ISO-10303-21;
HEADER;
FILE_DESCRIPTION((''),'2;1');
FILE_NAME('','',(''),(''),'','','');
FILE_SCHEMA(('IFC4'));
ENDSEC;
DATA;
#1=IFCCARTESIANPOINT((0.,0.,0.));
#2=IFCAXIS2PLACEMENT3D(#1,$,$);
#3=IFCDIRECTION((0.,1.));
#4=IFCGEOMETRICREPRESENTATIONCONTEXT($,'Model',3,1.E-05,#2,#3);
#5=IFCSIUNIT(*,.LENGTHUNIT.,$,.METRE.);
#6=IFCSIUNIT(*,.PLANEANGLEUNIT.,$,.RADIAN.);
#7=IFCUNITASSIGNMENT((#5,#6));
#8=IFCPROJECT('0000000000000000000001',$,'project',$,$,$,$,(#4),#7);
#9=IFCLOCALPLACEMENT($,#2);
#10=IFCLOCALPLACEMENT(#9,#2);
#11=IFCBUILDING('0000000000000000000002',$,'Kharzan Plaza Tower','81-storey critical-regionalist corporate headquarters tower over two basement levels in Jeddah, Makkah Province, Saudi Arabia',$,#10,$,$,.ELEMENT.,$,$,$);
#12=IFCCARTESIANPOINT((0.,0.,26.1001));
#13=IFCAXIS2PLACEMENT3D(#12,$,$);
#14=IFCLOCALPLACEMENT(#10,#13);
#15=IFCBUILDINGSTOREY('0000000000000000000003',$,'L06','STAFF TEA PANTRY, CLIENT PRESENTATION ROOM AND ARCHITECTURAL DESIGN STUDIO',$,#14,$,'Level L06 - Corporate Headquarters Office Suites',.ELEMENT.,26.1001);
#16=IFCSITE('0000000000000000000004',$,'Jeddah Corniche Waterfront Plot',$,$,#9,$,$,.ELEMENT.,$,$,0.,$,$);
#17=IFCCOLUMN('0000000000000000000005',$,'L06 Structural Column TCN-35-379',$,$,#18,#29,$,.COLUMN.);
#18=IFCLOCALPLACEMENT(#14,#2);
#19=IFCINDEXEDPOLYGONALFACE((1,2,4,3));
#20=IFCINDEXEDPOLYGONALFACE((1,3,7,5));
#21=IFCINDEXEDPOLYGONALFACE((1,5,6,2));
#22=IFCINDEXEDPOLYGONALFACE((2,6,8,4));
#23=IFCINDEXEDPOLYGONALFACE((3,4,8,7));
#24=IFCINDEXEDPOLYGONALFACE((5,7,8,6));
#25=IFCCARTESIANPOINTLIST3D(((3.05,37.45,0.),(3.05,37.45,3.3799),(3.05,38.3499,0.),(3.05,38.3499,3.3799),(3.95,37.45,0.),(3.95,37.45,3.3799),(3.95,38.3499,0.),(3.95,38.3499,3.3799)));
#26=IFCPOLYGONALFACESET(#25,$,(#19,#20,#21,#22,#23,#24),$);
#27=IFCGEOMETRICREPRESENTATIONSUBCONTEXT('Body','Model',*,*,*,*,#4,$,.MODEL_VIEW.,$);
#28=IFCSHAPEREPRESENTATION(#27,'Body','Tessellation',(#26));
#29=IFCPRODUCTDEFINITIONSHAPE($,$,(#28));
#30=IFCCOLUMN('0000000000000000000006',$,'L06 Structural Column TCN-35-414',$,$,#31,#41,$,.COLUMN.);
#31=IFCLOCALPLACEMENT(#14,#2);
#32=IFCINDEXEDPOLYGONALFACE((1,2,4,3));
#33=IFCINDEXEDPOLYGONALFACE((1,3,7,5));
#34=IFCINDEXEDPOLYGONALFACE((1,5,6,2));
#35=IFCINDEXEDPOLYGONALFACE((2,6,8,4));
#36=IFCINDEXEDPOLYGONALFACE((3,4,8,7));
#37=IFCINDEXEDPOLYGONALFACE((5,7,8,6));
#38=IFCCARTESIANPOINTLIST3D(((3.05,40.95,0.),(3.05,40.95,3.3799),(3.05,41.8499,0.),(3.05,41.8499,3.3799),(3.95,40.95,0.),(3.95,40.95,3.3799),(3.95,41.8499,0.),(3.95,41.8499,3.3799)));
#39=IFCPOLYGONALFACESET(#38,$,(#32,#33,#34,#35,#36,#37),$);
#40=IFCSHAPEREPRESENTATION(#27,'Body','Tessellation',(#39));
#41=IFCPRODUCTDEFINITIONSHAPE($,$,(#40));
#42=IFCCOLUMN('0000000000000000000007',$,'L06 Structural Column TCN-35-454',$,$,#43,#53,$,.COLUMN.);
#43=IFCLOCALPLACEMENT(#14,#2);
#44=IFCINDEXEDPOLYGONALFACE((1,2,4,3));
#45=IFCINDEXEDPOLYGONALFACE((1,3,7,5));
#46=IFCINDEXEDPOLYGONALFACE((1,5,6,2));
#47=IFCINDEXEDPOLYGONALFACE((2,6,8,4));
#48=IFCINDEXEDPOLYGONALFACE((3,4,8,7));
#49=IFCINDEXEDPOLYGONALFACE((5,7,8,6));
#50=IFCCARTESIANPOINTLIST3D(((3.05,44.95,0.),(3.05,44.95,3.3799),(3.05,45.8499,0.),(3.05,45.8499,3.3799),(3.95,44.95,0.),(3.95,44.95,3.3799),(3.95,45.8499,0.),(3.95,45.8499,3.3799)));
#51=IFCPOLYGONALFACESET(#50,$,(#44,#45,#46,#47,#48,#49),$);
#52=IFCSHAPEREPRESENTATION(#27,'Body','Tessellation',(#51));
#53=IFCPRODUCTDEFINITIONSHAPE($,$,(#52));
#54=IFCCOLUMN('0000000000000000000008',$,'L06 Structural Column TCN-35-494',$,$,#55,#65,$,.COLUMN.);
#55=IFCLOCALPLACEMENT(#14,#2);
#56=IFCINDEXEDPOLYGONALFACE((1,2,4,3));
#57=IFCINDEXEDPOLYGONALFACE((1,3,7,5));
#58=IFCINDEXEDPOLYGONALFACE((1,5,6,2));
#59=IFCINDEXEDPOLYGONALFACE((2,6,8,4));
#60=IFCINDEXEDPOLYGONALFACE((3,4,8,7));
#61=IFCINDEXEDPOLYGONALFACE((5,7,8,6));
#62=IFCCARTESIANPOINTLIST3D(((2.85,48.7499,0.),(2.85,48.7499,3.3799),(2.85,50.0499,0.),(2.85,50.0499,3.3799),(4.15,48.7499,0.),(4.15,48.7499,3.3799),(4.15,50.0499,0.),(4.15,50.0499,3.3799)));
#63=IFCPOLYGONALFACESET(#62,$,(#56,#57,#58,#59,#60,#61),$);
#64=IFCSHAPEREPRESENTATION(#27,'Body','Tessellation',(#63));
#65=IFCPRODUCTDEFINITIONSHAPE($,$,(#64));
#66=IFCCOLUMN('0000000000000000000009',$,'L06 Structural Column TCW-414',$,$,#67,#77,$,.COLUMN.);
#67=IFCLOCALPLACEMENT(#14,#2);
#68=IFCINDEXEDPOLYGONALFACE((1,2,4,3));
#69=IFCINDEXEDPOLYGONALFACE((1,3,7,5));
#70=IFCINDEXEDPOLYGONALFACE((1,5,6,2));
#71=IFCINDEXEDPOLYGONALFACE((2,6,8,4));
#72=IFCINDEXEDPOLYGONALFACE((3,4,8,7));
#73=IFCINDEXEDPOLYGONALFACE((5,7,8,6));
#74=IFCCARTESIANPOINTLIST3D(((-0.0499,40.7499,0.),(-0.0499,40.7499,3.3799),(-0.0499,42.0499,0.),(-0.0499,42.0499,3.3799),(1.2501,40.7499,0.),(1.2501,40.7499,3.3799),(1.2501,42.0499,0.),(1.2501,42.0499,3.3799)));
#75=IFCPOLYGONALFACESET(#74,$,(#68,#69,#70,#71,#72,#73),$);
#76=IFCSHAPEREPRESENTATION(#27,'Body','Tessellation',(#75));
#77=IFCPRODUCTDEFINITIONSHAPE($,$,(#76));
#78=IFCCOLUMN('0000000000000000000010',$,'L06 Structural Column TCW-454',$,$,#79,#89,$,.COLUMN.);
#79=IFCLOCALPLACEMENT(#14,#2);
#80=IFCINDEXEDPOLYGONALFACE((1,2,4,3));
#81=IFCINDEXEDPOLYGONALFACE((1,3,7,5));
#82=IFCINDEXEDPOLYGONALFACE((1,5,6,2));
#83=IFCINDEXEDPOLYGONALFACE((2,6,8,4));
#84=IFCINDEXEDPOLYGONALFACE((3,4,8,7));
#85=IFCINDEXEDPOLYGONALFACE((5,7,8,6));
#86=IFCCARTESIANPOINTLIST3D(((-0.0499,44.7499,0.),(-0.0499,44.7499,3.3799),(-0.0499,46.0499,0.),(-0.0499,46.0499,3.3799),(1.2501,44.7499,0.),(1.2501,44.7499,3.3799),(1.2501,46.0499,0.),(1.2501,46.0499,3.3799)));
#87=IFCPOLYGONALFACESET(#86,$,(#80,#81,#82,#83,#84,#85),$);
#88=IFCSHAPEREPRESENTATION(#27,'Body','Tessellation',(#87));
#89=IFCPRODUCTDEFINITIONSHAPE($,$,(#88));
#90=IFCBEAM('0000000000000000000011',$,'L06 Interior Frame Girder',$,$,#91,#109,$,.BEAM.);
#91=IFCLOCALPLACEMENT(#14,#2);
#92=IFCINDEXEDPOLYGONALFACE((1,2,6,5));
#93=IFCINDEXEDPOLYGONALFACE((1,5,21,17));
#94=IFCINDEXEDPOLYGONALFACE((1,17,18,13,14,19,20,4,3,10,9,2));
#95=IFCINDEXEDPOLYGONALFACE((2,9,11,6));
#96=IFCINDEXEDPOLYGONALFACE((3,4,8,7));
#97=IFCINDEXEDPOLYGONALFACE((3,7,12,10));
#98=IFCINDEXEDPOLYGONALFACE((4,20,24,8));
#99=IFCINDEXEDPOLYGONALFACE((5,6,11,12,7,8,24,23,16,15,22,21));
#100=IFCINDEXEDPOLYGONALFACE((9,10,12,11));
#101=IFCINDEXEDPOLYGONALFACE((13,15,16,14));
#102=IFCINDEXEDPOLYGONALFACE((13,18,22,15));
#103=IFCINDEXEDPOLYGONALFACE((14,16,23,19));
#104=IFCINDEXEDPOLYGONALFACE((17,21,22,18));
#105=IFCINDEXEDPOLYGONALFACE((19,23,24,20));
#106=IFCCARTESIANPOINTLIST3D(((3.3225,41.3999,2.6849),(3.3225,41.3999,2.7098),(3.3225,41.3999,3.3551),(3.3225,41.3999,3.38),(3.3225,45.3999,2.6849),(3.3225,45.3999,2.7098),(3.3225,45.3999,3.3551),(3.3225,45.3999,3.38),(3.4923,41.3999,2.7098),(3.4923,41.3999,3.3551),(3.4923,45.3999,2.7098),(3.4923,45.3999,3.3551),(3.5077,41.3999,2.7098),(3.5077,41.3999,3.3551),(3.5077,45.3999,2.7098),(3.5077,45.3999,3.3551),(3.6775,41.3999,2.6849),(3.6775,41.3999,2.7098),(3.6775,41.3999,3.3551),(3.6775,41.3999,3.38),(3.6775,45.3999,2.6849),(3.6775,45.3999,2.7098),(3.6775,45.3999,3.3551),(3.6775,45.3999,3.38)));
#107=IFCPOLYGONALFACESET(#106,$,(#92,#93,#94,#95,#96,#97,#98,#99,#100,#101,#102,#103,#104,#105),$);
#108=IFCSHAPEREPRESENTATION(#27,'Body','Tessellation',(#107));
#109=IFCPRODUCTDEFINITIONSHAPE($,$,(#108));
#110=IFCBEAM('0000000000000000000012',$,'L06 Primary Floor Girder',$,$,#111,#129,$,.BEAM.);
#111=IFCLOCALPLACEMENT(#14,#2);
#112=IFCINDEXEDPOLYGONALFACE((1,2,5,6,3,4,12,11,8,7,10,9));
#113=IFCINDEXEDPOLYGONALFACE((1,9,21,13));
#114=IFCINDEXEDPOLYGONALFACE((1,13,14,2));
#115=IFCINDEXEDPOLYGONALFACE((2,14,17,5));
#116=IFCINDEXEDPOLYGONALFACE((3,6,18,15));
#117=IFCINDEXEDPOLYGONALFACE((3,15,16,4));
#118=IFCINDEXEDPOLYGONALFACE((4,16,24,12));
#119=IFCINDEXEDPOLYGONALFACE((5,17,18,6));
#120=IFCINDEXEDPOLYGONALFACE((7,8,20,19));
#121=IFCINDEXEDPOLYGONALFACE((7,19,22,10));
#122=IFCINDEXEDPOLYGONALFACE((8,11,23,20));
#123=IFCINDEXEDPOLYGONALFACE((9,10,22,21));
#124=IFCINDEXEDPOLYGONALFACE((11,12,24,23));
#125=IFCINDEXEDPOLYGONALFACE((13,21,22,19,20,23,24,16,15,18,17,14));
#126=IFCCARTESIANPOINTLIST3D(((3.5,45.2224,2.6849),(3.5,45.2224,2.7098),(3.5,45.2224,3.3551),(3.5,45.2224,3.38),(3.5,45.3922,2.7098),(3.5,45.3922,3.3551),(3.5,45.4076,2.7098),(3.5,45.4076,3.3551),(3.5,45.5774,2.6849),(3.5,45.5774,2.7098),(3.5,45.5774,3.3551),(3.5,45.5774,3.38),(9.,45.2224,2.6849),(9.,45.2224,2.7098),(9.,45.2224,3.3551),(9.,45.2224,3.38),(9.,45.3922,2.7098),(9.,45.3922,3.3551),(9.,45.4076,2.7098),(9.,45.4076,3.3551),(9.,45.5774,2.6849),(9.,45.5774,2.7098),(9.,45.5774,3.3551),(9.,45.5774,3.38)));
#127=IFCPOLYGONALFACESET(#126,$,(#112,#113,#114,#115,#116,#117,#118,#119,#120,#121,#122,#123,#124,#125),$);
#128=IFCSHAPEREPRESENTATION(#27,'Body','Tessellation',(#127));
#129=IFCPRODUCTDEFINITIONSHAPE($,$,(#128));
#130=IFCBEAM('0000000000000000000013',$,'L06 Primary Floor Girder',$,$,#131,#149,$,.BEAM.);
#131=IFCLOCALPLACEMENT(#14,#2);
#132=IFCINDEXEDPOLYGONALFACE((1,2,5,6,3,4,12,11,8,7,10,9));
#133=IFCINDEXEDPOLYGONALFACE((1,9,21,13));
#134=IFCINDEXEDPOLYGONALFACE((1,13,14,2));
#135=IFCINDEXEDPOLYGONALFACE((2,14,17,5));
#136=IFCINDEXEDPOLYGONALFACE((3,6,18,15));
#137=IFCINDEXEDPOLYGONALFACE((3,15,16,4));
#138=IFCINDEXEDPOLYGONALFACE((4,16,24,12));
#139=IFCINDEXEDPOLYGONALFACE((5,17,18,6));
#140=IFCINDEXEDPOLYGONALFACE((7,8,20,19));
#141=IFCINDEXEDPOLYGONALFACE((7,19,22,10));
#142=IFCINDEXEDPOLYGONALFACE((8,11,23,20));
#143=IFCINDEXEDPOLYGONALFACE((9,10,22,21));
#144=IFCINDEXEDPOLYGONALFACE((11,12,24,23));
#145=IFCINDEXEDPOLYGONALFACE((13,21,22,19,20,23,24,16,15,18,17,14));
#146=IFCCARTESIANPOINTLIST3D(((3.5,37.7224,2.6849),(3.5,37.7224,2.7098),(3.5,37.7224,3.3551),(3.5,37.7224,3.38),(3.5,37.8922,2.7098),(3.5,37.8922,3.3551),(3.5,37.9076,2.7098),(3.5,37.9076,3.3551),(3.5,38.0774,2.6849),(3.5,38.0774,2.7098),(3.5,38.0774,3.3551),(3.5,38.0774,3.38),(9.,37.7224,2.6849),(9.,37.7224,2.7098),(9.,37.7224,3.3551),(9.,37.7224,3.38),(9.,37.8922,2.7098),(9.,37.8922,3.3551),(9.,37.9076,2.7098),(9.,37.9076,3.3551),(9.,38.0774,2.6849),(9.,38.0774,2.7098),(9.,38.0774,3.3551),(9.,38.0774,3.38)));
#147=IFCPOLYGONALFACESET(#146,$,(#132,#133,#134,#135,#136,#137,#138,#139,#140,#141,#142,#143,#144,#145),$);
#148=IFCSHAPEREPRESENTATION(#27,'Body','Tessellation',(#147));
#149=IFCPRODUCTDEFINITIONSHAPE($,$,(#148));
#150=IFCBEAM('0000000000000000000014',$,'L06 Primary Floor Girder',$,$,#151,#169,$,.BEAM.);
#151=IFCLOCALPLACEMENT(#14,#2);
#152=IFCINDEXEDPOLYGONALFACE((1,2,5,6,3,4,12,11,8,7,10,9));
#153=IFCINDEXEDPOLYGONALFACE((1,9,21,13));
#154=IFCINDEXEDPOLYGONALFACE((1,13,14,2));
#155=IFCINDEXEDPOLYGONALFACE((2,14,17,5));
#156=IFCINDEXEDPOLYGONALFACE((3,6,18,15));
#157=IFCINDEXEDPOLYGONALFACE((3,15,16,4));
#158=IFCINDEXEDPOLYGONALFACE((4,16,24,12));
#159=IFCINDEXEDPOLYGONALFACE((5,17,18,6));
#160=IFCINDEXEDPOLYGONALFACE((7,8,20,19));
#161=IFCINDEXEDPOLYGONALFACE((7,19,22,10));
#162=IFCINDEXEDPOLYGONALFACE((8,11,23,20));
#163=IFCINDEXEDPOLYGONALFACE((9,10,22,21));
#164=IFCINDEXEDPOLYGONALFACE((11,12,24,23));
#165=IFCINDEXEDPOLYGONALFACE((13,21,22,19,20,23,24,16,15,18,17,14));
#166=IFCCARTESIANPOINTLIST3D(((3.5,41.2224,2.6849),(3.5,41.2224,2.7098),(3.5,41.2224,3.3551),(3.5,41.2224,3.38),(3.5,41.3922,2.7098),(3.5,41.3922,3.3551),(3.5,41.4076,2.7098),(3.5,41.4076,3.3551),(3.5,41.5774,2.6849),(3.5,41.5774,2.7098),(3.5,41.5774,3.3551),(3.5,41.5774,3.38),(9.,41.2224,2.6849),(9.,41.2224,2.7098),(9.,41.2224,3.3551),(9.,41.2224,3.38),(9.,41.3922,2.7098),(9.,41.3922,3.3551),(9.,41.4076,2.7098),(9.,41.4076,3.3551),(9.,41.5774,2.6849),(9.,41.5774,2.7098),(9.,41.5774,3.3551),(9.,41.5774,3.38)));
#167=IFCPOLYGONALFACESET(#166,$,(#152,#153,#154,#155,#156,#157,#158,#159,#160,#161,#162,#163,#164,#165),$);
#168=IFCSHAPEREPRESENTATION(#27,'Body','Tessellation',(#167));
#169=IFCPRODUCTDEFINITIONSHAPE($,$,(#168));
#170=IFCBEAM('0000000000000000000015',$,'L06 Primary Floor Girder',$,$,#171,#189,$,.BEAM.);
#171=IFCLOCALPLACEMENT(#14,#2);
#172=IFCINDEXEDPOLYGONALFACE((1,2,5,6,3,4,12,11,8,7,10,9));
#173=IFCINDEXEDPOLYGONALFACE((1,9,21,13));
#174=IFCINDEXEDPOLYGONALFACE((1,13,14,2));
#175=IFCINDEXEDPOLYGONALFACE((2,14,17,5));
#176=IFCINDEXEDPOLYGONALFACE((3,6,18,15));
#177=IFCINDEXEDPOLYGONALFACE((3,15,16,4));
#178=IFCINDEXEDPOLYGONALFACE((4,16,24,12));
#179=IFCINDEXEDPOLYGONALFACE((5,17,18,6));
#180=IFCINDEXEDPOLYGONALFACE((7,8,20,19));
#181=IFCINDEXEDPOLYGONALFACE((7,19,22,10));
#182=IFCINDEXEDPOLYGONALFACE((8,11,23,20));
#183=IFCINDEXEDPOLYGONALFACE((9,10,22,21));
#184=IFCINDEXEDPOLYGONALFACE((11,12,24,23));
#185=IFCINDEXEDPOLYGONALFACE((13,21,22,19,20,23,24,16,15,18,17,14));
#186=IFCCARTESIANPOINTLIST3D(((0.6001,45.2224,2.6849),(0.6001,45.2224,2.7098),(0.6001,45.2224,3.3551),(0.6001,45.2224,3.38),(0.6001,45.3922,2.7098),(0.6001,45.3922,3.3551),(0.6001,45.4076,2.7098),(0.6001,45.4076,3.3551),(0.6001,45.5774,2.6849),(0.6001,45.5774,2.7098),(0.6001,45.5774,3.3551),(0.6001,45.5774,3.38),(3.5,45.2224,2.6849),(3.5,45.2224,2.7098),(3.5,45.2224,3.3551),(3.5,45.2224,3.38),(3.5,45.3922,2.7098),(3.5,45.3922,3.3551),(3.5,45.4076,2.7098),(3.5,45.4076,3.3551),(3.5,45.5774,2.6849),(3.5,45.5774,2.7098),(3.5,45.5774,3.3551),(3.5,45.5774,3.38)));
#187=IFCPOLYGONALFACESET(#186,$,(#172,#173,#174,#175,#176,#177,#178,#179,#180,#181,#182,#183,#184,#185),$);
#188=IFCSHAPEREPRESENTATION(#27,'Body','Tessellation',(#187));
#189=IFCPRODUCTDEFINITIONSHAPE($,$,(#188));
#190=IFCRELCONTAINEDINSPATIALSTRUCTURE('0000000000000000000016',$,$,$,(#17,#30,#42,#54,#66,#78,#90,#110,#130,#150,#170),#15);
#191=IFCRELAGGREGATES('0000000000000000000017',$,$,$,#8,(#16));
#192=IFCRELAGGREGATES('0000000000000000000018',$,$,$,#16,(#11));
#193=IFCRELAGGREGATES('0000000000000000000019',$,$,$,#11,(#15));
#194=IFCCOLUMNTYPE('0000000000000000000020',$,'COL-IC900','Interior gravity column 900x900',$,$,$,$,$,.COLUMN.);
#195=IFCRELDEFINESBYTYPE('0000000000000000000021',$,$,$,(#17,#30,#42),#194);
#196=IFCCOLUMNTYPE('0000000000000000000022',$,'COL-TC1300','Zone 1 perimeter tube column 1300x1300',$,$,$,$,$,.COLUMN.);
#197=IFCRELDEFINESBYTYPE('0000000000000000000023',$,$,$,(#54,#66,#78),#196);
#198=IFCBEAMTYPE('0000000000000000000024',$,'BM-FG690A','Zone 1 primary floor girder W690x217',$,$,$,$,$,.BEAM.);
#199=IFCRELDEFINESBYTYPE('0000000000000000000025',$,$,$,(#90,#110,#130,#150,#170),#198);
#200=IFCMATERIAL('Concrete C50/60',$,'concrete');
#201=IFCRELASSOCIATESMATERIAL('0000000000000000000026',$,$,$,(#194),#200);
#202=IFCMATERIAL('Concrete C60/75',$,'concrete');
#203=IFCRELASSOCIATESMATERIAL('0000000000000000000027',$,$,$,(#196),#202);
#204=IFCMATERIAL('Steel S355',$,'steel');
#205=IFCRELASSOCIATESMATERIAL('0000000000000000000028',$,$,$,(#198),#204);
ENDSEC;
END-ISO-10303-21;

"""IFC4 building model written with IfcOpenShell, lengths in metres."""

from ifc_helpers import new_model, si_unit, direction, frame, origin, origin_2d, place, context, subcontext, project, spatial, rectangle, i_section, extrude, source, transform, mapped, material, material_profile, profile_set, type_object, element, save


model = new_model("IFC4")

# Units and contexts
model_context = context("Model", 3, precision=1e-05, world=origin(), true_north=direction((0.0, 1.0)))
body_context = subcontext(model_context, "Body", "Model", "MODEL_VIEW")
ifc_project = project(units=[si_unit("LENGTHUNIT", "METRE"), si_unit("PLANEANGLEUNIT", "RADIAN")], contexts=[model_context])

# Site, building, storey
site_placement = place(None, origin())
site = spatial("IfcSite", under=ifc_project, at=site_placement, Name="Jeddah Corniche Waterfront Plot", CompositionType="ELEMENT", RefElevation=0.0)
building_placement = place(site_placement, origin())
building = spatial("IfcBuilding", under=site, at=building_placement, Name="Kharzan Plaza Tower", Description="81-storey critical-regionalist corporate headquarters tower over two basement levels in Jeddah, Makkah Province, Saudi Arabia", CompositionType="ELEMENT")
storey_placement = place(building_placement, frame((0.0, 0.0, 26.1001)))
storey = spatial("IfcBuildingStorey", under=building, at=storey_placement, Name="L06", Description="STAFF TEA PANTRY, CLIENT PRESENTATION ROOM AND ARCHITECTURAL DESIGN STUDIO", LongName="Level L06 - Corporate Headquarters Office Suites", CompositionType="ELEMENT", Elevation=26.1001)

# Columns
ifc_material_1 = material(Name="Concrete C50/60", Category="concrete")
ifc_material_profile_1 = material_profile(ifc_material_1, rectangle(XDim=0.8999, YDim=0.8999, at=origin_2d()), Name="RC-IC900x900")
ifc_profile_set_1 = profile_set([ifc_material_profile_1], Name="Concrete C50/60")
column_type_1 = type_object("IfcColumnType", Name="COL-IC900", Description="Interior gravity column 900x900", PredefinedType="COLUMN", material=ifc_profile_set_1)
shared_shape_1 = source(origin(), body_context, "Body", "SweptSolid", [
    extrude(rectangle(XDim=0.8999, YDim=0.8999, at=origin_2d()), origin(), (0.0, 0.0, 1.0), 3.3799),
])
for number, where, z_axis, x_axis, name in (
    (1, (3.5, 37.8999, 0.0), (0.0, 0.0, 1.0), (1.0, 0.0, 0.0), "L06 Structural Column TCN-35-379"),
    (2, (3.5, 41.3999, 0.0), (0.0, 0.0, 1.0), (1.0, 0.0, 0.0), "L06 Structural Column TCN-35-414"),
    (3, (3.5, 45.3999, 0.0), (0.0, 0.0, 1.0), (1.0, 0.0, 0.0), "L06 Structural Column TCN-35-454"),
):
    element("IfcColumn", number, at=place(storey_placement, frame(where, z_axis=z_axis, x_axis=x_axis)), inside=storey, type_object=column_type_1, Name=name, PredefinedType="COLUMN", context=body_context, shape_type="MappedRepresentation", body=[
        mapped(shared_shape_1, transform((0.0, 0.0, 0.0), x_axis=(1.0, 0.0, 0.0), y_axis=(0.0, 1.0, 0.0), z_axis=(0.0, 0.0, 1.0))),
    ])
ifc_material_2 = material(Name="Concrete C60/75", Category="concrete")
ifc_material_profile_2 = material_profile(ifc_material_2, rectangle(XDim=1.3, YDim=1.3, at=origin_2d()), Name="RC-TC1300x1300")
ifc_profile_set_2 = profile_set([ifc_material_profile_2], Name="Concrete C60/75")
column_type_2 = type_object("IfcColumnType", Name="COL-TC1300", Description="Zone 1 perimeter tube column 1300x1300", PredefinedType="COLUMN", material=ifc_profile_set_2)
shared_shape_2 = source(origin(), body_context, "Body", "SweptSolid", [
    extrude(rectangle(XDim=1.3, YDim=1.3, at=origin_2d()), origin(), (0.0, 0.0, 1.0), 3.3799),
])
for number, where, z_axis, x_axis, name in (
    (4, (3.5, 49.3999, 0.0), (0.0, 0.0, 1.0), (1.0, 0.0, 0.0), "L06 Structural Column TCN-35-494"),
    (5, (0.6001, 41.3999, 0.0), (0.0, 0.0, 1.0), (1.0, 0.0, 0.0), "L06 Structural Column TCW-414"),
    (6, (0.6001, 45.3999, 0.0), (0.0, 0.0, 1.0), (1.0, 0.0, 0.0), "L06 Structural Column TCW-454"),
):
    element("IfcColumn", number, at=place(storey_placement, frame(where, z_axis=z_axis, x_axis=x_axis)), inside=storey, type_object=column_type_2, Name=name, PredefinedType="COLUMN", context=body_context, shape_type="MappedRepresentation", body=[
        mapped(shared_shape_2, transform((0.0, 0.0, 0.0), x_axis=(1.0, 0.0, 0.0), y_axis=(0.0, 1.0, 0.0), z_axis=(0.0, 0.0, 1.0))),
    ])

# Beams
ifc_material_3 = material(Name="Steel S355", Category="steel")
ifc_material_profile_3 = material_profile(ifc_material_3, i_section(OverallWidth=0.355, OverallDepth=0.6951, WebThickness=0.0154, FlangeThickness=0.0249, at=origin_2d()), Name="W690x217")
ifc_profile_set_3 = profile_set([ifc_material_profile_3], Name="Steel S355")
beam_type_1 = type_object("IfcBeamType", Name="BM-FG690A", Description="Zone 1 primary floor girder W690x217", PredefinedType="BEAM", material=ifc_profile_set_3)
shared_shape_3 = source(origin(), body_context, "Body", "SweptSolid", [
    extrude(i_section(OverallWidth=0.355, OverallDepth=0.6951, WebThickness=0.0154, FlangeThickness=0.0249, at=origin_2d()), origin(), (0.0, 0.0, 1.0), 4.0),
])
beam_1_placement = place(storey_placement, frame((3.5, 41.3999, 3.0325), z_axis=(0.0, 1.0, 0.0), x_axis=(-1.0, 0.0, 0.0)))
element("IfcBeam", 7, at=beam_1_placement, inside=storey, type_object=beam_type_1, Name="L06 Interior Frame Girder", PredefinedType="BEAM", context=body_context, shape_type="MappedRepresentation", body=[
    mapped(shared_shape_3, transform((0.0, 0.0, 0.0), x_axis=(1.0, 0.0, 0.0), y_axis=(0.0, 1.0, 0.0), z_axis=(0.0, 0.0, 1.0))),
])
shared_shape_4 = source(origin(), body_context, "Body", "SweptSolid", [
    extrude(i_section(OverallWidth=0.355, OverallDepth=0.6951, WebThickness=0.0154, FlangeThickness=0.0249, at=origin_2d()), origin(), (0.0, 0.0, 1.0), 5.5),
])
for number, where, z_axis, x_axis, name in (
    (8, (3.5, 45.3999, 3.0325), (1.0, 0.0, 0.0), (0.0, 1.0, 0.0), "L06 Primary Floor Girder"),
    (9, (3.5, 37.8999, 3.0325), (1.0, 0.0, 0.0), (0.0, 1.0, 0.0), "L06 Primary Floor Girder"),
    (10, (3.5, 41.3999, 3.0325), (1.0, 0.0, 0.0), (0.0, 1.0, 0.0), "L06 Primary Floor Girder"),
):
    element("IfcBeam", number, at=place(storey_placement, frame(where, z_axis=z_axis, x_axis=x_axis)), inside=storey, type_object=beam_type_1, Name=name, PredefinedType="BEAM", context=body_context, shape_type="MappedRepresentation", body=[
        mapped(shared_shape_4, transform((0.0, 0.0, 0.0), x_axis=(1.0, 0.0, 0.0), y_axis=(0.0, 1.0, 0.0), z_axis=(0.0, 0.0, 1.0))),
    ])
shared_shape_5 = source(origin(), body_context, "Body", "SweptSolid", [
    extrude(i_section(OverallWidth=0.355, OverallDepth=0.6951, WebThickness=0.0154, FlangeThickness=0.0249, at=origin_2d()), origin(), (0.0, 0.0, 1.0), 2.8999),
])
for number, where, z_axis, x_axis, name in (
    (11, (0.6001, 45.3999, 3.0325), (1.0, 0.0, 0.0), (0.0, 1.0, 0.0), "L06 Primary Floor Girder"),
):
    element("IfcBeam", number, at=place(storey_placement, frame(where, z_axis=z_axis, x_axis=x_axis)), inside=storey, type_object=beam_type_1, Name=name, PredefinedType="BEAM", context=body_context, shape_type="MappedRepresentation", body=[
        mapped(shared_shape_5, transform((0.0, 0.0, 0.0), x_axis=(1.0, 0.0, 0.0), y_axis=(0.0, 1.0, 0.0), z_axis=(0.0, 0.0, 1.0))),
    ])

save(model, "model.ifc")
